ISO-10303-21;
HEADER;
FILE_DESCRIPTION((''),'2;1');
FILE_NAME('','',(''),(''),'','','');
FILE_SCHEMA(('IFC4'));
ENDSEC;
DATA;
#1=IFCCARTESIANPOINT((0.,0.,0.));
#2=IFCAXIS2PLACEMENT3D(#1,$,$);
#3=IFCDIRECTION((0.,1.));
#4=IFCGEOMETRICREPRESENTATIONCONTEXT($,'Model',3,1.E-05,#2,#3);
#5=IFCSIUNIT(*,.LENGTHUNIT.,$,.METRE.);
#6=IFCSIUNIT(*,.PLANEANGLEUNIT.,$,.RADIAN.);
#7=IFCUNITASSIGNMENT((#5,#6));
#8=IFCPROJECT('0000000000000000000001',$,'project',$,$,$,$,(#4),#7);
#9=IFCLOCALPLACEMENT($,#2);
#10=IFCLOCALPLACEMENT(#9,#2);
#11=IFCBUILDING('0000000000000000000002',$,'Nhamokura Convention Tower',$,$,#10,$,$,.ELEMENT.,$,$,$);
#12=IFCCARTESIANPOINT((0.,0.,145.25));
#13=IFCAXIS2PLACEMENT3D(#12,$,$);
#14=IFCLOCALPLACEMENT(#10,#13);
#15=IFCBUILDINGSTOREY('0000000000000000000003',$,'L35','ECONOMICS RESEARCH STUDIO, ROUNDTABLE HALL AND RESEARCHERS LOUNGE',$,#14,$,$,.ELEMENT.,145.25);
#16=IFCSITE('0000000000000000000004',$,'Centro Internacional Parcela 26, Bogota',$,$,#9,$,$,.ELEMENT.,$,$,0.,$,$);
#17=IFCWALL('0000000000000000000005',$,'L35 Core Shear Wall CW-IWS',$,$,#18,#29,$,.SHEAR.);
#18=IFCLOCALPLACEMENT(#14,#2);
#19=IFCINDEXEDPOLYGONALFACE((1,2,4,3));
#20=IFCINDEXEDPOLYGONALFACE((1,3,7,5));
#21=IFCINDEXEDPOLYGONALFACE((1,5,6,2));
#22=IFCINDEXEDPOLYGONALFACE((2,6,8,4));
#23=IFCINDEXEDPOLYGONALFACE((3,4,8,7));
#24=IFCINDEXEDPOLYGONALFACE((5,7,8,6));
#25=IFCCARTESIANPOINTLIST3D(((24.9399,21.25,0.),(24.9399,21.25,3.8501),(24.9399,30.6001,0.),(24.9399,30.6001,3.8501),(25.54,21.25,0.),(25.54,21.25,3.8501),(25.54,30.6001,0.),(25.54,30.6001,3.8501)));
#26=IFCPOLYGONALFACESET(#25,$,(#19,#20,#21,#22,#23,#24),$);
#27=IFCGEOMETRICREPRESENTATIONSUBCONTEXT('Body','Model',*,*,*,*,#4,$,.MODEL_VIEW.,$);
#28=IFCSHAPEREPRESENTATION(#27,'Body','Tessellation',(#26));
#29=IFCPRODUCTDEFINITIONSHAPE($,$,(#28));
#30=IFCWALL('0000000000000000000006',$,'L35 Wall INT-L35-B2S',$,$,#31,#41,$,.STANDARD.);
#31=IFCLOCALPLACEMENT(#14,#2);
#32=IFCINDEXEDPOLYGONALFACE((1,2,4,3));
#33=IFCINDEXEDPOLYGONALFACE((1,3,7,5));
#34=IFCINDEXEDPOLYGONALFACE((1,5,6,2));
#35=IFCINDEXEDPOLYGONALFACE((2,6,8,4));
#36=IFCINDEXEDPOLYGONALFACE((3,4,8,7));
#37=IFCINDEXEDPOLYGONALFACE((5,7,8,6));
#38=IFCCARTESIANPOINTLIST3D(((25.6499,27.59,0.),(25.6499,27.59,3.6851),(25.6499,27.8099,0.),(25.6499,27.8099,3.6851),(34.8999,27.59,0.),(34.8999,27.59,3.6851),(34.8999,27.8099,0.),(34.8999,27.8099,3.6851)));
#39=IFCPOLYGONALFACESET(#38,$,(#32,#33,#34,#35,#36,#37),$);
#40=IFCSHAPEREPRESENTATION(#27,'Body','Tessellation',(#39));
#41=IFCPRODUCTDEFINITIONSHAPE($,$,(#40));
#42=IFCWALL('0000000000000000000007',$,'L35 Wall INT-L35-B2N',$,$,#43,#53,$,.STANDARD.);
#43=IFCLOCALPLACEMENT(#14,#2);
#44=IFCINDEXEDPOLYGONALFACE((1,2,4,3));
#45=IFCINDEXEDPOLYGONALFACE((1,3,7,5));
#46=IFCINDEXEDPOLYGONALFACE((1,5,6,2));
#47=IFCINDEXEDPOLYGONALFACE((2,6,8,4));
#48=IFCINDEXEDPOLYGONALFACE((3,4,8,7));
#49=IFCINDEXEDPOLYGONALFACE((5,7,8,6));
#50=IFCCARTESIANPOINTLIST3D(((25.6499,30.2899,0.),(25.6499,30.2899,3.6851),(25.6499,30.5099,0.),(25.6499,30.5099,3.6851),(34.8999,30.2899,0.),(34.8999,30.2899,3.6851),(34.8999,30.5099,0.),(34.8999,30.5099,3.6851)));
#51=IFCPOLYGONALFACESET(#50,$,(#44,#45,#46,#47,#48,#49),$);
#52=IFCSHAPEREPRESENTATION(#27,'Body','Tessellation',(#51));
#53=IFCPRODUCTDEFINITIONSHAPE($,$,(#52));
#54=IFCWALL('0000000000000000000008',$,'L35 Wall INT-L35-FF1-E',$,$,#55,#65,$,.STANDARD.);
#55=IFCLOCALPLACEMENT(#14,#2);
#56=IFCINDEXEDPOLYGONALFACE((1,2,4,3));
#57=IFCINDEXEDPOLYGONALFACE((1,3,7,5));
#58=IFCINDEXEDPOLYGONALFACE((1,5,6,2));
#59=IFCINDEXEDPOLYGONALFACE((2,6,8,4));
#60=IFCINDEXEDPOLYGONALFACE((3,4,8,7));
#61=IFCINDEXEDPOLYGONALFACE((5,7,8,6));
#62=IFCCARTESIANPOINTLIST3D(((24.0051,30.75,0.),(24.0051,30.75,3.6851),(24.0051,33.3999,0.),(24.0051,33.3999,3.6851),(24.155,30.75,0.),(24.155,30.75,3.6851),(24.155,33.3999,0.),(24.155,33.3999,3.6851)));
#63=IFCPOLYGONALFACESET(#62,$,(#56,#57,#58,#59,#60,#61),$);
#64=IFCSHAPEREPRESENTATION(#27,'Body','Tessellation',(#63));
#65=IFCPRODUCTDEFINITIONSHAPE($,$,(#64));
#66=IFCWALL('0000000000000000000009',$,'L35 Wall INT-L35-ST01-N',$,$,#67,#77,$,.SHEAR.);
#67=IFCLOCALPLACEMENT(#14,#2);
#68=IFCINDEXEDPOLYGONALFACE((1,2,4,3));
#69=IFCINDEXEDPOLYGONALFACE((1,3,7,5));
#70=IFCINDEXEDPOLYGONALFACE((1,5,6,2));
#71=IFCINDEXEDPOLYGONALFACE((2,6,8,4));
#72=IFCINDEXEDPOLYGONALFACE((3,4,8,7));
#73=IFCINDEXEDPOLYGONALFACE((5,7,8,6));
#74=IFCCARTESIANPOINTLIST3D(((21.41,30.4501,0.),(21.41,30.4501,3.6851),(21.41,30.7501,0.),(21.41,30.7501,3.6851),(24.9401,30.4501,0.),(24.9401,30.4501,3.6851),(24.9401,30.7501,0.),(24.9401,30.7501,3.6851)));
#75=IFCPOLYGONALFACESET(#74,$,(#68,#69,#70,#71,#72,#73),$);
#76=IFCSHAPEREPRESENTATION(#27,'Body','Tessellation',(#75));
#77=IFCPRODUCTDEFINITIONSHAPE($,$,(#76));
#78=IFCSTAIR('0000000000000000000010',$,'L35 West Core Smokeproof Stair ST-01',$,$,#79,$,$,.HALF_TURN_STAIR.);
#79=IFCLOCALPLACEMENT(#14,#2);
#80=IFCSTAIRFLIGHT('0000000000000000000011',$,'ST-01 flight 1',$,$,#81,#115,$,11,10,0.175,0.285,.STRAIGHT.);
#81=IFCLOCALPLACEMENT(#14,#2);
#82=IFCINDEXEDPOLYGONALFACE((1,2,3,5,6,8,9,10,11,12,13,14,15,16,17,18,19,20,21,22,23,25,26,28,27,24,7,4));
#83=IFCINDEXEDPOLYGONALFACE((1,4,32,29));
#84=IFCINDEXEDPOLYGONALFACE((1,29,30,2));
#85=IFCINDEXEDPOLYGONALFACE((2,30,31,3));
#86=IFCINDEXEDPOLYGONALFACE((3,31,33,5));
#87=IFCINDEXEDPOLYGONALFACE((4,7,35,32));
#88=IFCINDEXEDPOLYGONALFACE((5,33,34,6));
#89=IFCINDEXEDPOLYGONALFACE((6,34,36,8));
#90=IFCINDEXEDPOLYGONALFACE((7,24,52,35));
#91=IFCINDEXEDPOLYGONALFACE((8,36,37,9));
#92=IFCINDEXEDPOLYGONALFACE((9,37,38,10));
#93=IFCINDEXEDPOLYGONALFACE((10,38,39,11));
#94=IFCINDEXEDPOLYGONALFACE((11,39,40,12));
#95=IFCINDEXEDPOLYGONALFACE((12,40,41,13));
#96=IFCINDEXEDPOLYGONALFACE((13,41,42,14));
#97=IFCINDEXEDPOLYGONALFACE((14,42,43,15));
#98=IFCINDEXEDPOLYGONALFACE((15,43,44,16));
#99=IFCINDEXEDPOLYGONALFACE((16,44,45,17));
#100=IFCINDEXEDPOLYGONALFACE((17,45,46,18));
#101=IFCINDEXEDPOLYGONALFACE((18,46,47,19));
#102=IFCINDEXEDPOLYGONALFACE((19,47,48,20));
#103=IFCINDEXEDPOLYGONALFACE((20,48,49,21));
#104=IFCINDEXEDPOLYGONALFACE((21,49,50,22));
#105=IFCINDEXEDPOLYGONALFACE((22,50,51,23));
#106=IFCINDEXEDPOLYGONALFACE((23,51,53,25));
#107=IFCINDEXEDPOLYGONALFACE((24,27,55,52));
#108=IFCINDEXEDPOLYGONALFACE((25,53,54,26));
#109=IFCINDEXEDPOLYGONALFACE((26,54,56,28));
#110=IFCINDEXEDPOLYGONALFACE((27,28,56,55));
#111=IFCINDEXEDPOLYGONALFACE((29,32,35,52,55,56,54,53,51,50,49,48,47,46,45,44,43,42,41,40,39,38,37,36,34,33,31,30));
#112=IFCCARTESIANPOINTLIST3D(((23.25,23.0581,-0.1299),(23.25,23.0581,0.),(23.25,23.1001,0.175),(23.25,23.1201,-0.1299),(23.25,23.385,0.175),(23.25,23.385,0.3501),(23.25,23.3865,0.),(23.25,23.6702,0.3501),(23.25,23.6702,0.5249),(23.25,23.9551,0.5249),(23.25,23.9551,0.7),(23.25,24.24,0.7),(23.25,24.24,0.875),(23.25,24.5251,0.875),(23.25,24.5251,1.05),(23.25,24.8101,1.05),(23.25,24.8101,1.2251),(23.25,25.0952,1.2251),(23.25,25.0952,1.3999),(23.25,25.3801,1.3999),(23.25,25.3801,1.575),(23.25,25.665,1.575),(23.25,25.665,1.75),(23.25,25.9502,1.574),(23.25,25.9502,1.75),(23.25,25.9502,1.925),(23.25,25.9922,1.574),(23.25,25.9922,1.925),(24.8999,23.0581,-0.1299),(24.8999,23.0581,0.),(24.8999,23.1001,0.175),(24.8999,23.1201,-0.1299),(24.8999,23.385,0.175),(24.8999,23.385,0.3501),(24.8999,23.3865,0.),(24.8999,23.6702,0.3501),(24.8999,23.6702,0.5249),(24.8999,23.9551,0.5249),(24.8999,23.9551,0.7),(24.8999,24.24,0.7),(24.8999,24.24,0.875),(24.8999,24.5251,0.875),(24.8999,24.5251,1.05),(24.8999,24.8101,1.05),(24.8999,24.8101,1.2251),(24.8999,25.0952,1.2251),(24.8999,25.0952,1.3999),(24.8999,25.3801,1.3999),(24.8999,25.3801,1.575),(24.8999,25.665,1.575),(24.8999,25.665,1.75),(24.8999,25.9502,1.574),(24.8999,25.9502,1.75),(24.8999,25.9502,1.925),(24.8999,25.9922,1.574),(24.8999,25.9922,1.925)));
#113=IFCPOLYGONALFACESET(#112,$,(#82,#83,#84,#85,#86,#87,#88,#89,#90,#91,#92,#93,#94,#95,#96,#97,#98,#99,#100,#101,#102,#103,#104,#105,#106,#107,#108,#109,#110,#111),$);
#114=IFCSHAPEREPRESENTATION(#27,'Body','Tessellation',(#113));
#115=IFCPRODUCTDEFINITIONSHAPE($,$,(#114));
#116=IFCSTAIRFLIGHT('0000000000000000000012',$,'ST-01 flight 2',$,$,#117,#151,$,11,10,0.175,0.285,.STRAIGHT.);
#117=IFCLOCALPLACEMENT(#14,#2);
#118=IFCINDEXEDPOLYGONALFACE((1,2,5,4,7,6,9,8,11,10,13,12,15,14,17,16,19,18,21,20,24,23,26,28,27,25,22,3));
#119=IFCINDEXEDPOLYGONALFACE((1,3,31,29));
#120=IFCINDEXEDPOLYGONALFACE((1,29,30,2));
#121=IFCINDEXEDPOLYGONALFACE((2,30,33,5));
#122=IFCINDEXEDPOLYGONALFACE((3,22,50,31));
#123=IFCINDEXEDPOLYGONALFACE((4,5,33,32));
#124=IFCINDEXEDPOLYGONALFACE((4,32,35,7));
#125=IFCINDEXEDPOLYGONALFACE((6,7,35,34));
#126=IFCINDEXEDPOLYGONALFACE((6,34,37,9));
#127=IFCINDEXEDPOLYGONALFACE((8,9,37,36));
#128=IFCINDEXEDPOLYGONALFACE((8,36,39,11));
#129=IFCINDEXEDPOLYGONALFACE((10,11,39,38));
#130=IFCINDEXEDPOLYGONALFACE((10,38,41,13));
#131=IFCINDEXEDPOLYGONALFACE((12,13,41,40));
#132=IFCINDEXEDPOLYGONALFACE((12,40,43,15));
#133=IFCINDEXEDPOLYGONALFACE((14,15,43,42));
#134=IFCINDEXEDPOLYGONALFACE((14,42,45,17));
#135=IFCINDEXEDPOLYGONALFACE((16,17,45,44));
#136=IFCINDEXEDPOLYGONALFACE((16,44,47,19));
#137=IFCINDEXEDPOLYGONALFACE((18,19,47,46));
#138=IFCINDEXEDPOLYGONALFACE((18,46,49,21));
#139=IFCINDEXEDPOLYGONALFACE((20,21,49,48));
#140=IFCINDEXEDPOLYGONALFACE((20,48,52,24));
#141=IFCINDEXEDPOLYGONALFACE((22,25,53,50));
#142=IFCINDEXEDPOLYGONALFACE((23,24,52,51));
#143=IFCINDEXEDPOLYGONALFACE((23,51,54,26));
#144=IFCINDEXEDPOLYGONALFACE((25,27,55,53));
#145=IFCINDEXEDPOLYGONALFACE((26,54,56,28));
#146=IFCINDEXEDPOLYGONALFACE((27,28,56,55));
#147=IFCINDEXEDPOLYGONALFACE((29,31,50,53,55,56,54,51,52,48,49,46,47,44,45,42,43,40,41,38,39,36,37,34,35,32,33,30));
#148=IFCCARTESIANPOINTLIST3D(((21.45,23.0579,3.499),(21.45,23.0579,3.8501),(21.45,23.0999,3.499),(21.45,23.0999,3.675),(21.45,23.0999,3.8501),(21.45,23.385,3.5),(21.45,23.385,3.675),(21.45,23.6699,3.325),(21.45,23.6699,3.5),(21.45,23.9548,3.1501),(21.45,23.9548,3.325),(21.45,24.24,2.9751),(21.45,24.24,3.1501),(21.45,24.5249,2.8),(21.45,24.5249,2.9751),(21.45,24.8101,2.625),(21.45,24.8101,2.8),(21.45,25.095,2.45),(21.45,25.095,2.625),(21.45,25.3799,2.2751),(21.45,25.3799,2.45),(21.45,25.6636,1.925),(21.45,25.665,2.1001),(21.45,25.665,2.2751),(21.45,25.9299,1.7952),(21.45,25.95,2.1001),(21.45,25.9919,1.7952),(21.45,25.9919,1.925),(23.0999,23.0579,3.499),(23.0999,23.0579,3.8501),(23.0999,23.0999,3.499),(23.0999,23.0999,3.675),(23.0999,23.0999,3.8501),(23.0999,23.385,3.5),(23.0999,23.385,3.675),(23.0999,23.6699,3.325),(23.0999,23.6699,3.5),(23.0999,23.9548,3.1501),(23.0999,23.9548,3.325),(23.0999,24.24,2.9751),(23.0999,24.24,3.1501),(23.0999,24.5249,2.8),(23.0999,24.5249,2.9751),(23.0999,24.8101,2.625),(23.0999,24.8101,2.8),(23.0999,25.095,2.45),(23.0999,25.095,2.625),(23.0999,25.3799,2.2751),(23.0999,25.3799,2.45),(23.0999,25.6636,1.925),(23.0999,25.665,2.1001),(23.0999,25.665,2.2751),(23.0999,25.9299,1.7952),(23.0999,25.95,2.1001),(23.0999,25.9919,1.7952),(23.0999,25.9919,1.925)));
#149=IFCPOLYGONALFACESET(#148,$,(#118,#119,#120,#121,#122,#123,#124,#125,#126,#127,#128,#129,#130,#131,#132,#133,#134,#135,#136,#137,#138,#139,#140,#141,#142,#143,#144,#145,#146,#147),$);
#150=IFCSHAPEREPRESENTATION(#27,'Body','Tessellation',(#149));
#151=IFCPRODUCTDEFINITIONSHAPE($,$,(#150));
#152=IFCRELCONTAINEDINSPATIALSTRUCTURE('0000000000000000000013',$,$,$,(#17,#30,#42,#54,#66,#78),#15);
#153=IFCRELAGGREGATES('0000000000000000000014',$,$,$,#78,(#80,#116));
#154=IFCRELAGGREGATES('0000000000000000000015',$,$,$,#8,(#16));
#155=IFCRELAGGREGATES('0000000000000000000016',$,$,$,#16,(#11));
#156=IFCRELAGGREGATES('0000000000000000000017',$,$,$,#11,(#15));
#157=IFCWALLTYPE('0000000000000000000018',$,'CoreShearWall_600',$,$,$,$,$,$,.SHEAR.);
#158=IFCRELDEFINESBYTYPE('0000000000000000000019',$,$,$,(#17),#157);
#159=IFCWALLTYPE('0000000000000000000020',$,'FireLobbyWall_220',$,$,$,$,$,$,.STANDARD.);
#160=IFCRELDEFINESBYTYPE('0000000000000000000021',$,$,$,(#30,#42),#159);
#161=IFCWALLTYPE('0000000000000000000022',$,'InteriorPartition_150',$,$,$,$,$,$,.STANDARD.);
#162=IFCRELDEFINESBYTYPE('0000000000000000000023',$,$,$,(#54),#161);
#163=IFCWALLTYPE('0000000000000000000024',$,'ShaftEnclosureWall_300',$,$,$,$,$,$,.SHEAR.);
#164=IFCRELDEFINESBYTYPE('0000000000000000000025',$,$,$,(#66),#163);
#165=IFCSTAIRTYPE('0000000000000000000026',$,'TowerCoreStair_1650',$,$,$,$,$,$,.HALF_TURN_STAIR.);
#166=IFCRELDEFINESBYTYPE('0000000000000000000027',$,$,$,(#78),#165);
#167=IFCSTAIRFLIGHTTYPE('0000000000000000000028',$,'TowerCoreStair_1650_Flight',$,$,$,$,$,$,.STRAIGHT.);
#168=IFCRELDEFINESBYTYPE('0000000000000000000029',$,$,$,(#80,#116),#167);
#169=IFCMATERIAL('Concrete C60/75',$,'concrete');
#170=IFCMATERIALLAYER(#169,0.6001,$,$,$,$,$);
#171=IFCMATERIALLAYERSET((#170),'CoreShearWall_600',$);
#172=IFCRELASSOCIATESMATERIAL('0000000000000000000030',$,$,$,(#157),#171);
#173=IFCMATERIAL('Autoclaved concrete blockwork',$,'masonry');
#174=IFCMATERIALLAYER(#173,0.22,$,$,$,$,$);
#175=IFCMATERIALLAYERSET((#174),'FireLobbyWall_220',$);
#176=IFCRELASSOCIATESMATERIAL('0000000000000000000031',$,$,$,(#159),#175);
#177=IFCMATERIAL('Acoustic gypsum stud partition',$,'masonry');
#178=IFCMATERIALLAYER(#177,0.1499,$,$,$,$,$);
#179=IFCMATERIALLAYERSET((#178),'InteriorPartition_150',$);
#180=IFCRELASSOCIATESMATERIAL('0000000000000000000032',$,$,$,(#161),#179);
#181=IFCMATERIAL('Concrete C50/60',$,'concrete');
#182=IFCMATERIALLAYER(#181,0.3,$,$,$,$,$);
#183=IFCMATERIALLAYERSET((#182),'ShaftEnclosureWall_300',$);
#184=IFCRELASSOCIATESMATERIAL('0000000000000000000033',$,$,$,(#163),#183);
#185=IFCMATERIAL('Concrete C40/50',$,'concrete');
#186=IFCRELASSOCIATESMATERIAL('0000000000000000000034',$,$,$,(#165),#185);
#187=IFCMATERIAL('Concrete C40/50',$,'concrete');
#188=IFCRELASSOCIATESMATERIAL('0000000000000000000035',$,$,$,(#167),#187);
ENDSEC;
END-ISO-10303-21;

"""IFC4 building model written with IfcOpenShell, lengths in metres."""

from ifc_helpers import new_model, si_unit, direction, frame, frame_2d, origin, place, context, subcontext, project, spatial, polyline, rectangle, outline, extrude, material, layer, layer_set, type_object, element, aggregate, save


model = new_model("IFC4")

# Units and contexts
model_context = context("Model", 3, precision=1e-05, world=origin(), true_north=direction((0.0, 1.0)))
body_context = subcontext(model_context, "Body", "Model", "MODEL_VIEW")
ifc_project = project(units=[si_unit("LENGTHUNIT", "METRE"), si_unit("PLANEANGLEUNIT", "RADIAN")], contexts=[model_context])

# Site, building, storey
site_placement = place(None, origin())
site = spatial("IfcSite", under=ifc_project, at=site_placement, Name="Centro Internacional Parcela 26, Bogota", CompositionType="ELEMENT", RefElevation=0.0)
building_placement = place(site_placement, origin())
building = spatial("IfcBuilding", under=site, at=building_placement, Name="Nhamokura Convention Tower", CompositionType="ELEMENT")
storey_placement = place(building_placement, frame((0.0, 0.0, 145.25)))
storey = spatial("IfcBuildingStorey", under=building, at=storey_placement, Name="L35", Description="ECONOMICS RESEARCH STUDIO, ROUNDTABLE HALL AND RESEARCHERS LOUNGE", CompositionType="ELEMENT", Elevation=145.25)

# Wall
ifc_material_1 = material(Name="Concrete C60/75", Category="concrete")
ifc_layer_1 = layer(ifc_material_1, 0.6001)
ifc_layer_set_1 = layer_set([ifc_layer_1], Name="CoreShearWall_600")
wall_type_1 = type_object("IfcWallType", Name="CoreShearWall_600", PredefinedType="SHEAR", material=ifc_layer_set_1)
wall_1_placement = place(storey_placement, frame((25.24, 21.25, 0.0), z_axis=(0.0, 0.0, 1.0), x_axis=(0.0, 1.0, 0.0)))
element("IfcWall", 1, at=wall_1_placement, inside=storey, type_object=wall_type_1, Name="L35 Core Shear Wall CW-IWS", PredefinedType="SHEAR", context=body_context, shape_type="SweptSolid", body=[
    extrude(rectangle(XDim=9.3501, YDim=0.6001, at=frame_2d((4.675, 0.0))), origin(), (0.0, 0.0, 1.0), 3.8501),
])

# Shared definitions
ifc_material_2 = material(Name="Autoclaved concrete blockwork", Category="masonry")
ifc_layer_2 = layer(ifc_material_2, 0.22)
ifc_layer_set_2 = layer_set([ifc_layer_2], Name="FireLobbyWall_220")
wall_type_2 = type_object("IfcWallType", Name="FireLobbyWall_220", PredefinedType="STANDARD", material=ifc_layer_set_2)

# Walls
for number, where, z_axis, x_axis, name in (
    (2, (25.6499, 27.7, 0.0), (0.0, 0.0, 1.0), (1.0, 0.0, 0.0), "L35 Wall INT-L35-B2S"),
    (3, (25.6499, 30.3999, 0.0), (0.0, 0.0, 1.0), (1.0, 0.0, 0.0), "L35 Wall INT-L35-B2N"),
):
    element("IfcWall", number, at=place(storey_placement, frame(where, z_axis=z_axis, x_axis=x_axis)), inside=storey, type_object=wall_type_2, Name=name, PredefinedType="STANDARD", context=body_context, shape_type="SweptSolid", body=[
        extrude(rectangle(XDim=9.25, YDim=0.22, at=frame_2d((4.625, 0.0))), origin(), (0.0, 0.0, 1.0), 3.6851),
    ])
ifc_material_3 = material(Name="Acoustic gypsum stud partition", Category="masonry")
ifc_layer_3 = layer(ifc_material_3, 0.1499)
ifc_layer_set_3 = layer_set([ifc_layer_3], Name="InteriorPartition_150")
wall_type_3 = type_object("IfcWallType", Name="InteriorPartition_150", PredefinedType="STANDARD", material=ifc_layer_set_3)
wall_2_placement = place(storey_placement, frame((24.0801, 30.75, 0.0), z_axis=(0.0, 0.0, 1.0), x_axis=(0.0, 1.0, 0.0)))
element("IfcWall", 4, at=wall_2_placement, inside=storey, type_object=wall_type_3, Name="L35 Wall INT-L35-FF1-E", PredefinedType="STANDARD", context=body_context, shape_type="SweptSolid", body=[
    extrude(rectangle(XDim=2.6499, YDim=0.1499, at=frame_2d((1.325, 0.0))), origin(), (0.0, 0.0, 1.0), 3.6851),
])
ifc_material_4 = material(Name="Concrete C50/60", Category="concrete")
ifc_layer_4 = layer(ifc_material_4, 0.3)
ifc_layer_set_4 = layer_set([ifc_layer_4], Name="ShaftEnclosureWall_300")
wall_type_4 = type_object("IfcWallType", Name="ShaftEnclosureWall_300", PredefinedType="SHEAR", material=ifc_layer_set_4)
wall_3_placement = place(storey_placement, frame((21.4099, 30.6001, 0.0), z_axis=(0.0, 0.0, 1.0), x_axis=(1.0, 0.0, 0.0)))
element("IfcWall", 5, at=wall_3_placement, inside=storey, type_object=wall_type_4, Name="L35 Wall INT-L35-ST01-N", PredefinedType="SHEAR", context=body_context, shape_type="SweptSolid", body=[
    extrude(rectangle(XDim=3.53, YDim=0.3, at=frame_2d((1.7651, 0.0))), origin(), (0.0, 0.0, 1.0), 3.6851),
])

# Stair, stair flights
ifc_material_5 = material(Name="Concrete C40/50", Category="concrete")
stair_type = type_object("IfcStairType", Name="TowerCoreStair_1650", PredefinedType="HALF_TURN_STAIR", material=ifc_material_5)
stair_placement = place(storey_placement, origin())
stair = element("IfcStair", 6, at=stair_placement, inside=storey, type_object=stair_type, Name="L35 West Core Smokeproof Stair ST-01", PredefinedType="HALF_TURN_STAIR")
ifc_material_6 = material(Name="Concrete C40/50", Category="concrete")
stair_flight_type = type_object("IfcStairFlightType", Name="TowerCoreStair_1650_Flight", PredefinedType="STRAIGHT", material=ifc_material_6)
stair_flight_1_placement = place(storey_placement, frame((24.075, 23.1001, 0.0), z_axis=(0.0, 0.0, 1.0), x_axis=(0.0, 1.0, 0.0)))
stair_flight_1 = element("IfcStairFlight", 7, at=stair_flight_1_placement, type_object=stair_flight_type, Name="ST-01 flight 1", NumberOfRisers=11, NumberOfTreads=10, PredefinedType="STRAIGHT", RiserHeight=0.175, TreadLength=0.285, context=body_context, shape_type="SweptSolid", body=[
    extrude(outline(polyline([(-0.042, 0.0), (0.0, 0.175), (0.2849, 0.175), (0.2849, 0.3501), (0.5701, 0.3501), (0.5701, 0.5249), (0.855, 0.5249), (0.855, 0.7), (1.1399, 0.7), (1.1399, 0.875), (1.425, 0.875), (1.425, 1.05), (1.71, 1.05), (1.71, 1.2251), (1.9951, 1.2251), (1.9951, 1.3999), (2.28, 1.3999), (2.28, 1.575), (2.5649, 1.575), (2.5649, 1.75), (2.8501, 1.75), (2.8501, 1.925), (2.8921, 1.925), (2.8921, 1.574), (2.8501, 1.574), (0.2864, 0.0), (0.02, -0.1299), (-0.042, -0.1299), (-0.042, 0.0)])), frame((0.0, 0.825, 0.0), z_axis=(0.0, -1.0, 0.0), x_axis=(1.0, 0.0, 0.0)), (0.0, 0.0, 1.0), 1.6499),
])
stair_flight_2_placement = place(storey_placement, frame((22.2749, 25.95, 1.925), z_axis=(0.0, 0.0, 1.0), x_axis=(0.0, -1.0, 0.0)))
stair_flight_2 = element("IfcStairFlight", 8, at=stair_flight_2_placement, type_object=stair_flight_type, Name="ST-01 flight 2", NumberOfRisers=11, NumberOfTreads=10, PredefinedType="STRAIGHT", RiserHeight=0.175, TreadLength=0.285, context=body_context, shape_type="SweptSolid", body=[
    extrude(outline(polyline([(-0.042, 0.0), (0.0, 0.175), (0.2849, 0.175), (0.2849, 0.3501), (0.5701, 0.3501), (0.5701, 0.5249), (0.855, 0.5249), (0.855, 0.7), (1.1399, 0.7), (1.1399, 0.875), (1.425, 0.875), (1.425, 1.05), (1.71, 1.05), (1.71, 1.2251), (1.9951, 1.2251), (1.9951, 1.3999), (2.28, 1.3999), (2.28, 1.575), (2.5649, 1.575), (2.5649, 1.75), (2.8501, 1.75), (2.8501, 1.925), (2.8921, 1.925), (2.8921, 1.574), (2.8501, 1.574), (0.2864, 0.0), (0.02, -0.1299), (-0.042, -0.1299), (-0.042, 0.0)])), frame((0.0, 0.825, 0.0), z_axis=(0.0, -1.0, 0.0), x_axis=(1.0, 0.0, 0.0)), (0.0, 0.0, 1.0), 1.6499),
])
aggregate(stair, [stair_flight_1, stair_flight_2])

save(model, "model.ifc")
